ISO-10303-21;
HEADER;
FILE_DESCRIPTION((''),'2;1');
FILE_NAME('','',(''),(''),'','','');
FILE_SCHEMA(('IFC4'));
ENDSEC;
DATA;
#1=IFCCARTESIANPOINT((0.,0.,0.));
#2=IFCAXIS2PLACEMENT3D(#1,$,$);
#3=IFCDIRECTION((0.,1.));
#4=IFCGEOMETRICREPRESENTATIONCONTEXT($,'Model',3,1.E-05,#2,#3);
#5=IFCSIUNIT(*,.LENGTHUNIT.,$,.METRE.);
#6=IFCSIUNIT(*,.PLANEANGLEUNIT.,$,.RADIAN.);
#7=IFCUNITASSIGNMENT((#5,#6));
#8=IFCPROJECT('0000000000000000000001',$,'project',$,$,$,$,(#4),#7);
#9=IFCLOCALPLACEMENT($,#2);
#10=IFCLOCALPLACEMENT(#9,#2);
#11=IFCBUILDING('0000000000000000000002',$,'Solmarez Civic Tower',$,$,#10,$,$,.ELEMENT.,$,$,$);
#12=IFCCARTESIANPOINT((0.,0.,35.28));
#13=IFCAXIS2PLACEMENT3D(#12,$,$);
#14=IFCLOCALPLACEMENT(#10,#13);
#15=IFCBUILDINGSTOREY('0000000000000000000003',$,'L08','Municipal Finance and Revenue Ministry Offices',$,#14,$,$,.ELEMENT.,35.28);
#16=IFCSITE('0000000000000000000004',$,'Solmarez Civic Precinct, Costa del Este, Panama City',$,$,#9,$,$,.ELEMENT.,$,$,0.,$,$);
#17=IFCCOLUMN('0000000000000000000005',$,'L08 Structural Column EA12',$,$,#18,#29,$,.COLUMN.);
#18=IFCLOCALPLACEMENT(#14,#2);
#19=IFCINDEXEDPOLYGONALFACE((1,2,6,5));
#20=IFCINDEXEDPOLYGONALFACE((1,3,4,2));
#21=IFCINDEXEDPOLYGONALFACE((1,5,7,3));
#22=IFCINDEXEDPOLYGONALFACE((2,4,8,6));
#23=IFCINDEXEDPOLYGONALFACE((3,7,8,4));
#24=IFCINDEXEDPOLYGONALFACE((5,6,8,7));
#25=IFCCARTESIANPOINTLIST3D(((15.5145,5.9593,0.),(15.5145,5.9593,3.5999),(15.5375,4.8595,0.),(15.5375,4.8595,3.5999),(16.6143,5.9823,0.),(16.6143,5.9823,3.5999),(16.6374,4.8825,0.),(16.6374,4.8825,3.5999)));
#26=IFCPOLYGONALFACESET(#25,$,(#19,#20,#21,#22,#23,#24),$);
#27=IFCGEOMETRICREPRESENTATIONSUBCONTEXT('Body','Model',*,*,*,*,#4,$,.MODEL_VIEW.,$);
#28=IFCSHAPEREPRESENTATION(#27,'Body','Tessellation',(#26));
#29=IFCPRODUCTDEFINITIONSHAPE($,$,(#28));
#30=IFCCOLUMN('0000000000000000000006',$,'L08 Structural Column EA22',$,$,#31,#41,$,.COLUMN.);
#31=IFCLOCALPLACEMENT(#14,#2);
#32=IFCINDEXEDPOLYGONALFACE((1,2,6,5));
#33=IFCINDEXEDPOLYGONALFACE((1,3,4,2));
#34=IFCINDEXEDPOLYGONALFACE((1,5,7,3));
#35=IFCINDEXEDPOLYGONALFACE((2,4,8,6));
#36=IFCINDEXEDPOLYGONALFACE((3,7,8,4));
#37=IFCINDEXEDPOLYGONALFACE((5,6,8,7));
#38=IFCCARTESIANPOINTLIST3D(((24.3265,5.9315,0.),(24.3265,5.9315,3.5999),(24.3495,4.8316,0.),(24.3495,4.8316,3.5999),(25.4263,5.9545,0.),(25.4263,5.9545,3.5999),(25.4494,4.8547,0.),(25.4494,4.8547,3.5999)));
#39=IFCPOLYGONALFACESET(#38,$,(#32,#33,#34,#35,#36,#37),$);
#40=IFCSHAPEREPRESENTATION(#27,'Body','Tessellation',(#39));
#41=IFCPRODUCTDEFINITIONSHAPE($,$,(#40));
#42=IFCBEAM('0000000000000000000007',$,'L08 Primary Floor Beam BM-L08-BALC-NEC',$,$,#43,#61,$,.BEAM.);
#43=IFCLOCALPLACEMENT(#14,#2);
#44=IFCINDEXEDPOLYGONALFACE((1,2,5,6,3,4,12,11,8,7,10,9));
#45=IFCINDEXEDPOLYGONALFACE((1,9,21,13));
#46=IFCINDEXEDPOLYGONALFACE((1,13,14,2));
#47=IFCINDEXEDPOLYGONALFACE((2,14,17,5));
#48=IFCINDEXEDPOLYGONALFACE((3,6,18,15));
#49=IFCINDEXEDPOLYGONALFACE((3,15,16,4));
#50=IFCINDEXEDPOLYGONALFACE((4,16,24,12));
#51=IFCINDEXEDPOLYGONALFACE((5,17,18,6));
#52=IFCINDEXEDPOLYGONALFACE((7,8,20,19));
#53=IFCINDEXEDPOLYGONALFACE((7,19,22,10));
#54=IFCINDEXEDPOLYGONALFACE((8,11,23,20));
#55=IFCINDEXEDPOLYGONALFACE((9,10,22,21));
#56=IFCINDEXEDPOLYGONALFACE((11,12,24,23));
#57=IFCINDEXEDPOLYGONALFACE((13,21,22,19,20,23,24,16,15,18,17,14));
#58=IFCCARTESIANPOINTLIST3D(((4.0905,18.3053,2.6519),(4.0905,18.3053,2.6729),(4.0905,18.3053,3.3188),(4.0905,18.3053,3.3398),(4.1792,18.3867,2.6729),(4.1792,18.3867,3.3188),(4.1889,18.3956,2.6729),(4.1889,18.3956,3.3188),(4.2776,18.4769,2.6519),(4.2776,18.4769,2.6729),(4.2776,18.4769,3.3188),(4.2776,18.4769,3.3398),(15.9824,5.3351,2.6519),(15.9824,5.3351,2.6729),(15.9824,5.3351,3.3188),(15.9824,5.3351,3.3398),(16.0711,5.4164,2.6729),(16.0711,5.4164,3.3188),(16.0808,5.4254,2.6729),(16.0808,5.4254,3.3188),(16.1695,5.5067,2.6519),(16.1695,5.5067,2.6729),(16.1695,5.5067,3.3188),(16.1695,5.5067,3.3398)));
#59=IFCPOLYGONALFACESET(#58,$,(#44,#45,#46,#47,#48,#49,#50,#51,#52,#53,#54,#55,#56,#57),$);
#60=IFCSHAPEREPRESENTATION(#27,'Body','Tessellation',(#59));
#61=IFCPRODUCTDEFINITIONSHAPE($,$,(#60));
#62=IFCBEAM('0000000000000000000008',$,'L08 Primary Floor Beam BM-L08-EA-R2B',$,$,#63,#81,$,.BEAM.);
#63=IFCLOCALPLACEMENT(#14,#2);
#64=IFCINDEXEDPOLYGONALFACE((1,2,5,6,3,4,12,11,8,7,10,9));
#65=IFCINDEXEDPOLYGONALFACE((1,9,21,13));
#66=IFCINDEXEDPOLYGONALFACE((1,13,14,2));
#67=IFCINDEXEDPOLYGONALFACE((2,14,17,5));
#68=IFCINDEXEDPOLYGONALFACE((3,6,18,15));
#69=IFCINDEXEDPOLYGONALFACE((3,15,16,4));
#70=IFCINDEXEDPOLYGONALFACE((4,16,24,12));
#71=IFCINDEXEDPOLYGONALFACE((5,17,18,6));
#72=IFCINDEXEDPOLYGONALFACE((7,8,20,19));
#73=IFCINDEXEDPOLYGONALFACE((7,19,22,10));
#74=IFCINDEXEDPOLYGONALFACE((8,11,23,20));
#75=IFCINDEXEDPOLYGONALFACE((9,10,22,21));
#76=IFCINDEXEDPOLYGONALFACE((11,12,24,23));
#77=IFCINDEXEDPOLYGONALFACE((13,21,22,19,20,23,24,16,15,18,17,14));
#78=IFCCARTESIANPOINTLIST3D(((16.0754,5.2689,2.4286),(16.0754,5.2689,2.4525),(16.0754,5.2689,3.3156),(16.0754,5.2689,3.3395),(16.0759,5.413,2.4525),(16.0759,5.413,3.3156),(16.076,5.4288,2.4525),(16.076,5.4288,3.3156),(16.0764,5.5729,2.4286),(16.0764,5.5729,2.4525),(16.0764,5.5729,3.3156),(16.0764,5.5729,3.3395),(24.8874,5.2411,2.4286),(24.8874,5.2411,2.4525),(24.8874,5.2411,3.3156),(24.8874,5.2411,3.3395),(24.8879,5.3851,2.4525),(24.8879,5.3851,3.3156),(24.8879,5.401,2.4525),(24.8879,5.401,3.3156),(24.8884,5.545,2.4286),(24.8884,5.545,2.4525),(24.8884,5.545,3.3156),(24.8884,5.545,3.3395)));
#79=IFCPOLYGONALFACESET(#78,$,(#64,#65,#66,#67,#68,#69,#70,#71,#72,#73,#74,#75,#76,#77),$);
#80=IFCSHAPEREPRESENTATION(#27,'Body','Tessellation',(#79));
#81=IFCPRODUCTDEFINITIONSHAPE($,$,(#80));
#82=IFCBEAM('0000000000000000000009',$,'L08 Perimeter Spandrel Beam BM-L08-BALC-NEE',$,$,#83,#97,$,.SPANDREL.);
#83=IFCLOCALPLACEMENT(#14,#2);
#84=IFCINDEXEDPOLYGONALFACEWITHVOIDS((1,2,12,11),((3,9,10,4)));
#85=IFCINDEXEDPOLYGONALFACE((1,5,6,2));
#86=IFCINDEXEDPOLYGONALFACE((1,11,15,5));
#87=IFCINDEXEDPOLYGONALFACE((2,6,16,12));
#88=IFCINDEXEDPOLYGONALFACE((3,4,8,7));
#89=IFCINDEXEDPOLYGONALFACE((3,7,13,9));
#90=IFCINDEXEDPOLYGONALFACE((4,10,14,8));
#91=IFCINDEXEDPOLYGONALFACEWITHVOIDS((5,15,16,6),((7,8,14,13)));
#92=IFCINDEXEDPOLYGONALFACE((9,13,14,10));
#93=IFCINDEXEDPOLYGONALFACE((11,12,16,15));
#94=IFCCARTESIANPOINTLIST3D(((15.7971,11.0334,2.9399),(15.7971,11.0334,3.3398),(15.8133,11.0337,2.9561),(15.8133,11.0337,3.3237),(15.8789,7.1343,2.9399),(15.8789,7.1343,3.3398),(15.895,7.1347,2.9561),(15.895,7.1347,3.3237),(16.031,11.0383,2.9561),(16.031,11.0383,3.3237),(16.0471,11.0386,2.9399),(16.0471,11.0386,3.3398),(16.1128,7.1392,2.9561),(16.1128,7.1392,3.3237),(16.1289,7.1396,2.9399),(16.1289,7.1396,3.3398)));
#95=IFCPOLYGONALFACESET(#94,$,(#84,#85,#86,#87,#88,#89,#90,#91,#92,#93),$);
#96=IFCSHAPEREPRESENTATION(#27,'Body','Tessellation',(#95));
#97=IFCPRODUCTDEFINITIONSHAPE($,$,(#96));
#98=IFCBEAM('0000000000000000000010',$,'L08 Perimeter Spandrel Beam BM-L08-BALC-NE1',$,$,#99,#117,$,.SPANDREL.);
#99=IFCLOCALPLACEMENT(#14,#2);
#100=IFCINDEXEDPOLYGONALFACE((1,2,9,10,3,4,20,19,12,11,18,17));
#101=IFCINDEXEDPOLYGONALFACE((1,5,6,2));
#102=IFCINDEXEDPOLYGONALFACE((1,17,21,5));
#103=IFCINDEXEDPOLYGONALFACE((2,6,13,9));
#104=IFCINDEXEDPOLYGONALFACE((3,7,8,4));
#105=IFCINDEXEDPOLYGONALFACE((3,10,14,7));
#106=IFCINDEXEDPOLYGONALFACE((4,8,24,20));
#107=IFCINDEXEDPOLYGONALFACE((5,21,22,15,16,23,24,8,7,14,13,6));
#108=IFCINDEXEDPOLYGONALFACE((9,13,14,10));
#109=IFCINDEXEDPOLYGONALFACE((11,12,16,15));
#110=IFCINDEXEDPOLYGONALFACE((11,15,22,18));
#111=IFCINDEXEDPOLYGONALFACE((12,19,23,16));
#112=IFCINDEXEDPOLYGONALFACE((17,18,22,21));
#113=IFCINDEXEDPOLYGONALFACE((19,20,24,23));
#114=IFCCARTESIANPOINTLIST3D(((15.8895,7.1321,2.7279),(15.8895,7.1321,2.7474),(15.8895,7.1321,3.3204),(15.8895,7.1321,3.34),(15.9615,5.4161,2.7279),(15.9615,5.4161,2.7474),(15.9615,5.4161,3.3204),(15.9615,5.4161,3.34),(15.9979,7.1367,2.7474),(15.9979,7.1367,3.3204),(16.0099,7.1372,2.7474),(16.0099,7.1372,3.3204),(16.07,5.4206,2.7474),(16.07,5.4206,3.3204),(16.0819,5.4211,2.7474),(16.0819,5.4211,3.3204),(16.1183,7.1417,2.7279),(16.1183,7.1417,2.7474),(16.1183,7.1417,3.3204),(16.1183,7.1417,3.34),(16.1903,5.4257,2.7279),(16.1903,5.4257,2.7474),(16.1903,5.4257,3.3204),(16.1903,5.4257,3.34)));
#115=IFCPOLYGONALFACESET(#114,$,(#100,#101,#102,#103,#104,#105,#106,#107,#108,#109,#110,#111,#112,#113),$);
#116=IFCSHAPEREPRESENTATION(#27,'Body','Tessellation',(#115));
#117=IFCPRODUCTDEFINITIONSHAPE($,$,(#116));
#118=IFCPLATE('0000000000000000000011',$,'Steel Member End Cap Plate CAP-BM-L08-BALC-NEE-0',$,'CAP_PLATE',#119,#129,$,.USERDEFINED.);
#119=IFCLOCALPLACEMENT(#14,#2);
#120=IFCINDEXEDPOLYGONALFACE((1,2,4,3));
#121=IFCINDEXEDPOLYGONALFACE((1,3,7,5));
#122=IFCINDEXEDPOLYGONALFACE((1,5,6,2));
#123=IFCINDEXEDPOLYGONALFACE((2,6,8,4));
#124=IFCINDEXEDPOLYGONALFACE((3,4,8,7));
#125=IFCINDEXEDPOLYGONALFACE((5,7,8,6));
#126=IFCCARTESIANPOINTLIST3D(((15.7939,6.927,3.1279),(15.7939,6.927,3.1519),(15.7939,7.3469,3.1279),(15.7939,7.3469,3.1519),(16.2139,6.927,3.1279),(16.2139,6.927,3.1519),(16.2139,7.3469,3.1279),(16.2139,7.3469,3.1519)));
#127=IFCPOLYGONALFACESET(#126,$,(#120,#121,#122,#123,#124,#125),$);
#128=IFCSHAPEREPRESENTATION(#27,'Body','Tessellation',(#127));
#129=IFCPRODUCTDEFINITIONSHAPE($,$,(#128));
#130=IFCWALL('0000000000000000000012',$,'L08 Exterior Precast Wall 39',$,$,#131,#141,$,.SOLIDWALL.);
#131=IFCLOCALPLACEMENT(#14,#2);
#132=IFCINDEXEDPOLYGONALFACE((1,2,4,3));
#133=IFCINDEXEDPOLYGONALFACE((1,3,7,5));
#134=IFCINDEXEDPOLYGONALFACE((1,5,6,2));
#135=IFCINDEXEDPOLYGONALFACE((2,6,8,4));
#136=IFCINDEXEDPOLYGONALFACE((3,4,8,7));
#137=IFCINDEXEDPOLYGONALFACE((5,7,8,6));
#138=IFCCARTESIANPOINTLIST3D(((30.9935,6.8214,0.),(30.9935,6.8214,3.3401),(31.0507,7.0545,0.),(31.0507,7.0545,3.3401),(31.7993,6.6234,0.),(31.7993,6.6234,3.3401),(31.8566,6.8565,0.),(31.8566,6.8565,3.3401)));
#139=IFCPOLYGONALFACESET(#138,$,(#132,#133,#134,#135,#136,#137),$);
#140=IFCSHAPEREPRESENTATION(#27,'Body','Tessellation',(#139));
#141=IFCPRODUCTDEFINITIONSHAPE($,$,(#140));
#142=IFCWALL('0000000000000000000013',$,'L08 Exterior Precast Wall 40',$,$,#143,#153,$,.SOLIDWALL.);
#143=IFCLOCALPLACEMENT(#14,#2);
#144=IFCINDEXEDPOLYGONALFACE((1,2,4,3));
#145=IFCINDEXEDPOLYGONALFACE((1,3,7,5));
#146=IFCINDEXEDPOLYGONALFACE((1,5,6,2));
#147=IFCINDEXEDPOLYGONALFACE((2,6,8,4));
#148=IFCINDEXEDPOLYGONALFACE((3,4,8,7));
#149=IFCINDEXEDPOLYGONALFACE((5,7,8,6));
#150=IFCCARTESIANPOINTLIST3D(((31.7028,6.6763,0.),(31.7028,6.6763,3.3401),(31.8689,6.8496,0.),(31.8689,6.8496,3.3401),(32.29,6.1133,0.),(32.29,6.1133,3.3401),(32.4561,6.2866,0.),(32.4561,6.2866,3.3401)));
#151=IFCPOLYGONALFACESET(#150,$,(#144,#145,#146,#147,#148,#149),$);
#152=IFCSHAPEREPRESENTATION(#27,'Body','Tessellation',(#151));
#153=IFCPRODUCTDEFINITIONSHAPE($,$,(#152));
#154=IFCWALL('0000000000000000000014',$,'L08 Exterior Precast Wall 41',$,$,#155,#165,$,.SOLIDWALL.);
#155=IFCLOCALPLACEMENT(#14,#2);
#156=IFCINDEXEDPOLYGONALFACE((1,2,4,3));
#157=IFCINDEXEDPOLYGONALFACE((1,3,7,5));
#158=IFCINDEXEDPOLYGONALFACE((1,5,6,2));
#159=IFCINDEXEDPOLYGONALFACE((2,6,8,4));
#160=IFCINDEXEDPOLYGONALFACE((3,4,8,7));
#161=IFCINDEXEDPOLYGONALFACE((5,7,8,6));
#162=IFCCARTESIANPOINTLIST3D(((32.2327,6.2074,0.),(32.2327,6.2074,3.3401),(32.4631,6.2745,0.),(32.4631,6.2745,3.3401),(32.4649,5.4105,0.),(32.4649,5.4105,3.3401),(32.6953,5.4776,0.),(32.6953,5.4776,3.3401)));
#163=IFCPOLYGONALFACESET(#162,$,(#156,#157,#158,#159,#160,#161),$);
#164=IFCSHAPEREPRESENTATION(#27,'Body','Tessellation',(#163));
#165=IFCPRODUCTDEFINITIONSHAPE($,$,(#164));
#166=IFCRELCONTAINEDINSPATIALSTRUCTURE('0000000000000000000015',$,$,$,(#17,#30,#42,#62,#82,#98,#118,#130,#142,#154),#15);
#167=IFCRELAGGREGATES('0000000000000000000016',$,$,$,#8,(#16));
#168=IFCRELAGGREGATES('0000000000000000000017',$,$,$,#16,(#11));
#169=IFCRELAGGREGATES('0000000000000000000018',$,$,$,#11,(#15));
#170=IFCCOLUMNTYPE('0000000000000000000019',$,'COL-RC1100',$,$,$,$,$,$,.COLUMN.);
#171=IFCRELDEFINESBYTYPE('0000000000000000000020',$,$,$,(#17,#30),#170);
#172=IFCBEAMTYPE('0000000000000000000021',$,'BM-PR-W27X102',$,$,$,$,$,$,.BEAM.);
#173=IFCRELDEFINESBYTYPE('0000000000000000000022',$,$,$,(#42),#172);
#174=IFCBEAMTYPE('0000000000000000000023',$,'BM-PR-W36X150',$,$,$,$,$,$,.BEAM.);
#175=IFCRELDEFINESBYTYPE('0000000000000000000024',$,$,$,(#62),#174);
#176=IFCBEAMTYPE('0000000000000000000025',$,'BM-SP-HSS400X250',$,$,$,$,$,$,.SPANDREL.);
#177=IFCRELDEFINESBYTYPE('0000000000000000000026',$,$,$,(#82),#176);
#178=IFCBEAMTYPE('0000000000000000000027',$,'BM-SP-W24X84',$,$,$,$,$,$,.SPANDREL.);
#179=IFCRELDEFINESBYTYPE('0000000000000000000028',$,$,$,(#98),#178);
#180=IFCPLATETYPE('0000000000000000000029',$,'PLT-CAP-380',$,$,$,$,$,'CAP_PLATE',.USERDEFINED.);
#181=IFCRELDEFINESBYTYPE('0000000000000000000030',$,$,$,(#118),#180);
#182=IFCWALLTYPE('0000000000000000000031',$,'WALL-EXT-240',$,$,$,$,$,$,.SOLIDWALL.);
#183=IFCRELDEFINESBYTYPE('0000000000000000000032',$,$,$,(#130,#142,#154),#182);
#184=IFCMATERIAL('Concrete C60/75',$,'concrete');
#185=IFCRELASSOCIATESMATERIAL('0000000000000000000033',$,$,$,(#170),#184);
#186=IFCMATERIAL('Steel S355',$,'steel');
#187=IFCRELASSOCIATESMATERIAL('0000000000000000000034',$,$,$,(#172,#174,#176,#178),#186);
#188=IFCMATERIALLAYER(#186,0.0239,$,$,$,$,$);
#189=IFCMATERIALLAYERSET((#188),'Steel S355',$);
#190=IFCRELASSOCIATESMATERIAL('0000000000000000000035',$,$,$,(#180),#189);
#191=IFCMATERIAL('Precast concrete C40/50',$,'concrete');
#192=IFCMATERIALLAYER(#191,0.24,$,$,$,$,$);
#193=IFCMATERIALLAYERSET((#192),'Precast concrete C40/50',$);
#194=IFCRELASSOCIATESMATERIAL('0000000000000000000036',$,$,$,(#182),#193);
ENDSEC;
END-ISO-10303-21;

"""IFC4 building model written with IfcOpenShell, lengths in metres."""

from ifc_helpers import new_model, si_unit, direction, frame, frame_2d, origin, origin_2d, place, context, subcontext, project, spatial, rectangle, hollow_rectangle, i_section, extrude, material, layer, layer_set, material_profile, profile_set, type_object, element, save


model = new_model("IFC4")

# Units and contexts
model_context = context("Model", 3, precision=1e-05, world=origin(), true_north=direction((0.0, 1.0)))
body_context = subcontext(model_context, "Body", "Model", "MODEL_VIEW")
ifc_project = project(units=[si_unit("LENGTHUNIT", "METRE"), si_unit("PLANEANGLEUNIT", "RADIAN")], contexts=[model_context])

# Site, building, storey
site_placement = place(None, origin())
site = spatial("IfcSite", under=ifc_project, at=site_placement, Name="Solmarez Civic Precinct, Costa del Este, Panama City", CompositionType="ELEMENT", RefElevation=0.0)
building_placement = place(site_placement, origin())
building = spatial("IfcBuilding", under=site, at=building_placement, Name="Solmarez Civic Tower", CompositionType="ELEMENT")
storey_placement = place(building_placement, frame((0.0, 0.0, 35.28)))
storey = spatial("IfcBuildingStorey", under=building, at=storey_placement, Name="L08", Description="Municipal Finance and Revenue Ministry Offices", CompositionType="ELEMENT", Elevation=35.28)

# Columns
ifc_material_1 = material(Name="Concrete C60/75", Category="concrete")
ifc_material_profile_1 = material_profile(ifc_material_1, rectangle(XDim=1.1001, YDim=1.1001, at=origin_2d()), Name="RC1100X1100")
ifc_profile_set_1 = profile_set([ifc_material_profile_1], Name="Concrete C60/75")
column_type = type_object("IfcColumnType", Name="COL-RC1100", PredefinedType="COLUMN", material=ifc_profile_set_1)
for number, where, z_axis, x_axis, name in (
    (1, (16.0759, 5.4209, 0.0), (0.0, 0.0, 1.0), (0.999781, 0.020942, 0.0), "L08 Structural Column EA12"),
    (2, (24.8879, 5.3931, 0.0), (0.0, 0.0, 1.0), (0.999781, 0.020942, 0.0), "L08 Structural Column EA22"),
):
    element("IfcColumn", number, at=place(storey_placement, frame(where, z_axis=z_axis, x_axis=x_axis)), inside=storey, type_object=column_type, Name=name, PredefinedType="COLUMN", context=body_context, shape_type="SweptSolid", body=[
        extrude(rectangle(XDim=1.1001, YDim=1.1001, at=origin_2d()), origin(), (0.0, 0.0, 1.0), 3.5999),
    ])

# Beams
ifc_material_2 = material(Name="Steel S355", Category="steel")
ifc_material_profile_2 = material_profile(ifc_material_2, i_section(OverallWidth=0.2539, OverallDepth=0.688, WebThickness=0.0132, FlangeThickness=0.021, at=origin_2d()), Name="W27X102")
ifc_profile_set_2 = profile_set([ifc_material_profile_2], Name="Steel S355")
beam_type_1 = type_object("IfcBeamType", Name="BM-PR-W27X102", PredefinedType="BEAM", material=ifc_profile_set_2)
beam_1_placement = place(storey_placement, frame((16.0759, 5.4209, 2.9958), z_axis=(-0.675801, 0.737084, 0.0), x_axis=(-0.737084, -0.675801, 0.0)))
element("IfcBeam", 3, at=beam_1_placement, inside=storey, type_object=beam_type_1, Name="L08 Primary Floor Beam BM-L08-BALC-NEC", PredefinedType="BEAM", context=body_context, shape_type="SweptSolid", body=[
    extrude(i_section(OverallWidth=0.2539, OverallDepth=0.688, WebThickness=0.0132, FlangeThickness=0.021, at=origin_2d()), origin(), (0.0, 0.0, 1.0), 17.5967),
])
ifc_material_profile_3 = material_profile(ifc_material_2, i_section(OverallWidth=0.304, OverallDepth=0.9109, WebThickness=0.0159, FlangeThickness=0.0239, at=origin_2d()), Name="W36X150")
ifc_profile_set_3 = profile_set([ifc_material_profile_3], Name="Steel S355")
beam_type_2 = type_object("IfcBeamType", Name="BM-PR-W36X150", PredefinedType="BEAM", material=ifc_profile_set_3)
beam_2_placement = place(storey_placement, frame((16.0759, 5.4209, 2.884), z_axis=(0.999995, -0.003158, 0.0), x_axis=(0.003158, 0.999995, 0.0)))
element("IfcBeam", 4, at=beam_2_placement, inside=storey, type_object=beam_type_2, Name="L08 Primary Floor Beam BM-L08-EA-R2B", PredefinedType="BEAM", context=body_context, shape_type="SweptSolid", body=[
    extrude(i_section(OverallWidth=0.304, OverallDepth=0.9109, WebThickness=0.0159, FlangeThickness=0.0239, at=origin_2d()), origin(), (0.0, 0.0, 1.0), 8.812),
])
ifc_material_profile_4 = material_profile(ifc_material_2, hollow_rectangle(XDim=0.25, YDim=0.3999, WallThickness=0.0161, at=origin_2d()), Name="HSS400X250X16")
ifc_profile_set_4 = profile_set([ifc_material_profile_4], Name="Steel S355")
beam_type_3 = type_object("IfcBeamType", Name="BM-SP-HSS400X250", PredefinedType="SPANDREL", material=ifc_profile_set_4)
beam_3_placement = place(storey_placement, frame((16.0039, 7.137, 3.1399), z_axis=(-0.020972, 0.99978, 0.0), x_axis=(-0.99978, -0.020972, 0.0)))
element("IfcBeam", 5, at=beam_3_placement, inside=storey, type_object=beam_type_3, Name="L08 Perimeter Spandrel Beam BM-L08-BALC-NEE", PredefinedType="SPANDREL", context=body_context, shape_type="SweptSolid", body=[
    extrude(hollow_rectangle(XDim=0.25, YDim=0.3999, WallThickness=0.0161, at=origin_2d()), origin(), (0.0, 0.0, 1.0), 3.8999),
])
ifc_material_profile_5 = material_profile(ifc_material_2, i_section(OverallWidth=0.229, OverallDepth=0.6121, WebThickness=0.012, FlangeThickness=0.0195, at=origin_2d()), Name="W24X84")
ifc_profile_set_5 = profile_set([ifc_material_profile_5], Name="Steel S355")
beam_type_4 = type_object("IfcBeamType", Name="BM-SP-W24X84", PredefinedType="SPANDREL", material=ifc_profile_set_5)
beam_4_placement = place(storey_placement, frame((16.0759, 5.4209, 3.0339), z_axis=(-0.041932, 0.99912, 0.0), x_axis=(-0.99912, -0.041932, 0.0)))
element("IfcBeam", 6, at=beam_4_placement, inside=storey, type_object=beam_type_4, Name="L08 Perimeter Spandrel Beam BM-L08-BALC-NE1", PredefinedType="SPANDREL", context=body_context, shape_type="SweptSolid", body=[
    extrude(i_section(OverallWidth=0.229, OverallDepth=0.6121, WebThickness=0.012, FlangeThickness=0.0195, at=origin_2d()), origin(), (0.0, 0.0, 1.0), 1.7175),
])

# Plate
ifc_layer_1 = layer(ifc_material_2, 0.0239)
ifc_layer_set_1 = layer_set([ifc_layer_1], Name="Steel S355")
plate_type = type_object("IfcPlateType", Name="PLT-CAP-380", ElementType="CAP_PLATE", PredefinedType="USERDEFINED", material=ifc_layer_set_1)
plate_placement = place(storey_placement, frame((16.0039, 7.137, 3.1279), z_axis=(0.0, 0.0, 1.0), x_axis=(1.0, 0.0, 0.0)))
element("IfcPlate", 7, at=plate_placement, inside=storey, type_object=plate_type, Name="Steel Member End Cap Plate CAP-BM-L08-BALC-NEE-0", ObjectType="CAP_PLATE", PredefinedType="USERDEFINED", context=body_context, shape_type="SweptSolid", body=[
    extrude(rectangle(XDim=0.4199, YDim=0.4199, at=origin_2d()), origin(), (0.0, 0.0, 1.0), 0.0239),
])

# Walls
ifc_material_3 = material(Name="Precast concrete C40/50", Category="concrete")
ifc_layer_2 = layer(ifc_material_3, 0.24)
ifc_layer_set_2 = layer_set([ifc_layer_2], Name="Precast concrete C40/50")
wall_type_1 = type_object("IfcWallType", Name="WALL-EXT-240", PredefinedType="SOLIDWALL", material=ifc_layer_set_2)
wall_1_placement = place(storey_placement, frame((31.022, 6.938, 0.0), z_axis=(0.0, 0.0, 1.0), x_axis=(0.971121, -0.238588, 0.0)))
element("IfcWall", 8, at=wall_1_placement, inside=storey, type_object=wall_type_1, Name="L08 Exterior Precast Wall 39", PredefinedType="SOLIDWALL", context=body_context, shape_type="SweptSolid", body=[
    extrude(rectangle(XDim=0.8298, YDim=0.24, at=frame_2d((0.415, 0.0))), origin(), (0.0, 0.0, 1.0), 3.3401),
])
wall_2_placement = place(storey_placement, frame((31.7859, 6.7629, 0.0), z_axis=(0.0, 0.0, 1.0), x_axis=(0.721807, -0.692094, 0.0)))
element("IfcWall", 9, at=wall_2_placement, inside=storey, type_object=wall_type_1, Name="L08 Exterior Precast Wall 40", PredefinedType="SOLIDWALL", context=body_context, shape_type="SweptSolid", body=[
    extrude(rectangle(XDim=0.8135, YDim=0.24, at=frame_2d((0.4067, 0.0))), origin(), (0.0, 0.0, 1.0), 3.3401),
])
wall_3_placement = place(storey_placement, frame((32.3479, 6.241, 0.0), z_axis=(0.0, 0.0, 1.0), x_axis=(0.279729, -0.960079, 0.0)))
element("IfcWall", 10, at=wall_3_placement, inside=storey, type_object=wall_type_1, Name="L08 Exterior Precast Wall 41", PredefinedType="SOLIDWALL", context=body_context, shape_type="SweptSolid", body=[
    extrude(rectangle(XDim=0.8301, YDim=0.24, at=frame_2d((0.415, 0.0))), origin(), (0.0, 0.0, 1.0), 3.3401),
])

save(model, "model.ifc")
